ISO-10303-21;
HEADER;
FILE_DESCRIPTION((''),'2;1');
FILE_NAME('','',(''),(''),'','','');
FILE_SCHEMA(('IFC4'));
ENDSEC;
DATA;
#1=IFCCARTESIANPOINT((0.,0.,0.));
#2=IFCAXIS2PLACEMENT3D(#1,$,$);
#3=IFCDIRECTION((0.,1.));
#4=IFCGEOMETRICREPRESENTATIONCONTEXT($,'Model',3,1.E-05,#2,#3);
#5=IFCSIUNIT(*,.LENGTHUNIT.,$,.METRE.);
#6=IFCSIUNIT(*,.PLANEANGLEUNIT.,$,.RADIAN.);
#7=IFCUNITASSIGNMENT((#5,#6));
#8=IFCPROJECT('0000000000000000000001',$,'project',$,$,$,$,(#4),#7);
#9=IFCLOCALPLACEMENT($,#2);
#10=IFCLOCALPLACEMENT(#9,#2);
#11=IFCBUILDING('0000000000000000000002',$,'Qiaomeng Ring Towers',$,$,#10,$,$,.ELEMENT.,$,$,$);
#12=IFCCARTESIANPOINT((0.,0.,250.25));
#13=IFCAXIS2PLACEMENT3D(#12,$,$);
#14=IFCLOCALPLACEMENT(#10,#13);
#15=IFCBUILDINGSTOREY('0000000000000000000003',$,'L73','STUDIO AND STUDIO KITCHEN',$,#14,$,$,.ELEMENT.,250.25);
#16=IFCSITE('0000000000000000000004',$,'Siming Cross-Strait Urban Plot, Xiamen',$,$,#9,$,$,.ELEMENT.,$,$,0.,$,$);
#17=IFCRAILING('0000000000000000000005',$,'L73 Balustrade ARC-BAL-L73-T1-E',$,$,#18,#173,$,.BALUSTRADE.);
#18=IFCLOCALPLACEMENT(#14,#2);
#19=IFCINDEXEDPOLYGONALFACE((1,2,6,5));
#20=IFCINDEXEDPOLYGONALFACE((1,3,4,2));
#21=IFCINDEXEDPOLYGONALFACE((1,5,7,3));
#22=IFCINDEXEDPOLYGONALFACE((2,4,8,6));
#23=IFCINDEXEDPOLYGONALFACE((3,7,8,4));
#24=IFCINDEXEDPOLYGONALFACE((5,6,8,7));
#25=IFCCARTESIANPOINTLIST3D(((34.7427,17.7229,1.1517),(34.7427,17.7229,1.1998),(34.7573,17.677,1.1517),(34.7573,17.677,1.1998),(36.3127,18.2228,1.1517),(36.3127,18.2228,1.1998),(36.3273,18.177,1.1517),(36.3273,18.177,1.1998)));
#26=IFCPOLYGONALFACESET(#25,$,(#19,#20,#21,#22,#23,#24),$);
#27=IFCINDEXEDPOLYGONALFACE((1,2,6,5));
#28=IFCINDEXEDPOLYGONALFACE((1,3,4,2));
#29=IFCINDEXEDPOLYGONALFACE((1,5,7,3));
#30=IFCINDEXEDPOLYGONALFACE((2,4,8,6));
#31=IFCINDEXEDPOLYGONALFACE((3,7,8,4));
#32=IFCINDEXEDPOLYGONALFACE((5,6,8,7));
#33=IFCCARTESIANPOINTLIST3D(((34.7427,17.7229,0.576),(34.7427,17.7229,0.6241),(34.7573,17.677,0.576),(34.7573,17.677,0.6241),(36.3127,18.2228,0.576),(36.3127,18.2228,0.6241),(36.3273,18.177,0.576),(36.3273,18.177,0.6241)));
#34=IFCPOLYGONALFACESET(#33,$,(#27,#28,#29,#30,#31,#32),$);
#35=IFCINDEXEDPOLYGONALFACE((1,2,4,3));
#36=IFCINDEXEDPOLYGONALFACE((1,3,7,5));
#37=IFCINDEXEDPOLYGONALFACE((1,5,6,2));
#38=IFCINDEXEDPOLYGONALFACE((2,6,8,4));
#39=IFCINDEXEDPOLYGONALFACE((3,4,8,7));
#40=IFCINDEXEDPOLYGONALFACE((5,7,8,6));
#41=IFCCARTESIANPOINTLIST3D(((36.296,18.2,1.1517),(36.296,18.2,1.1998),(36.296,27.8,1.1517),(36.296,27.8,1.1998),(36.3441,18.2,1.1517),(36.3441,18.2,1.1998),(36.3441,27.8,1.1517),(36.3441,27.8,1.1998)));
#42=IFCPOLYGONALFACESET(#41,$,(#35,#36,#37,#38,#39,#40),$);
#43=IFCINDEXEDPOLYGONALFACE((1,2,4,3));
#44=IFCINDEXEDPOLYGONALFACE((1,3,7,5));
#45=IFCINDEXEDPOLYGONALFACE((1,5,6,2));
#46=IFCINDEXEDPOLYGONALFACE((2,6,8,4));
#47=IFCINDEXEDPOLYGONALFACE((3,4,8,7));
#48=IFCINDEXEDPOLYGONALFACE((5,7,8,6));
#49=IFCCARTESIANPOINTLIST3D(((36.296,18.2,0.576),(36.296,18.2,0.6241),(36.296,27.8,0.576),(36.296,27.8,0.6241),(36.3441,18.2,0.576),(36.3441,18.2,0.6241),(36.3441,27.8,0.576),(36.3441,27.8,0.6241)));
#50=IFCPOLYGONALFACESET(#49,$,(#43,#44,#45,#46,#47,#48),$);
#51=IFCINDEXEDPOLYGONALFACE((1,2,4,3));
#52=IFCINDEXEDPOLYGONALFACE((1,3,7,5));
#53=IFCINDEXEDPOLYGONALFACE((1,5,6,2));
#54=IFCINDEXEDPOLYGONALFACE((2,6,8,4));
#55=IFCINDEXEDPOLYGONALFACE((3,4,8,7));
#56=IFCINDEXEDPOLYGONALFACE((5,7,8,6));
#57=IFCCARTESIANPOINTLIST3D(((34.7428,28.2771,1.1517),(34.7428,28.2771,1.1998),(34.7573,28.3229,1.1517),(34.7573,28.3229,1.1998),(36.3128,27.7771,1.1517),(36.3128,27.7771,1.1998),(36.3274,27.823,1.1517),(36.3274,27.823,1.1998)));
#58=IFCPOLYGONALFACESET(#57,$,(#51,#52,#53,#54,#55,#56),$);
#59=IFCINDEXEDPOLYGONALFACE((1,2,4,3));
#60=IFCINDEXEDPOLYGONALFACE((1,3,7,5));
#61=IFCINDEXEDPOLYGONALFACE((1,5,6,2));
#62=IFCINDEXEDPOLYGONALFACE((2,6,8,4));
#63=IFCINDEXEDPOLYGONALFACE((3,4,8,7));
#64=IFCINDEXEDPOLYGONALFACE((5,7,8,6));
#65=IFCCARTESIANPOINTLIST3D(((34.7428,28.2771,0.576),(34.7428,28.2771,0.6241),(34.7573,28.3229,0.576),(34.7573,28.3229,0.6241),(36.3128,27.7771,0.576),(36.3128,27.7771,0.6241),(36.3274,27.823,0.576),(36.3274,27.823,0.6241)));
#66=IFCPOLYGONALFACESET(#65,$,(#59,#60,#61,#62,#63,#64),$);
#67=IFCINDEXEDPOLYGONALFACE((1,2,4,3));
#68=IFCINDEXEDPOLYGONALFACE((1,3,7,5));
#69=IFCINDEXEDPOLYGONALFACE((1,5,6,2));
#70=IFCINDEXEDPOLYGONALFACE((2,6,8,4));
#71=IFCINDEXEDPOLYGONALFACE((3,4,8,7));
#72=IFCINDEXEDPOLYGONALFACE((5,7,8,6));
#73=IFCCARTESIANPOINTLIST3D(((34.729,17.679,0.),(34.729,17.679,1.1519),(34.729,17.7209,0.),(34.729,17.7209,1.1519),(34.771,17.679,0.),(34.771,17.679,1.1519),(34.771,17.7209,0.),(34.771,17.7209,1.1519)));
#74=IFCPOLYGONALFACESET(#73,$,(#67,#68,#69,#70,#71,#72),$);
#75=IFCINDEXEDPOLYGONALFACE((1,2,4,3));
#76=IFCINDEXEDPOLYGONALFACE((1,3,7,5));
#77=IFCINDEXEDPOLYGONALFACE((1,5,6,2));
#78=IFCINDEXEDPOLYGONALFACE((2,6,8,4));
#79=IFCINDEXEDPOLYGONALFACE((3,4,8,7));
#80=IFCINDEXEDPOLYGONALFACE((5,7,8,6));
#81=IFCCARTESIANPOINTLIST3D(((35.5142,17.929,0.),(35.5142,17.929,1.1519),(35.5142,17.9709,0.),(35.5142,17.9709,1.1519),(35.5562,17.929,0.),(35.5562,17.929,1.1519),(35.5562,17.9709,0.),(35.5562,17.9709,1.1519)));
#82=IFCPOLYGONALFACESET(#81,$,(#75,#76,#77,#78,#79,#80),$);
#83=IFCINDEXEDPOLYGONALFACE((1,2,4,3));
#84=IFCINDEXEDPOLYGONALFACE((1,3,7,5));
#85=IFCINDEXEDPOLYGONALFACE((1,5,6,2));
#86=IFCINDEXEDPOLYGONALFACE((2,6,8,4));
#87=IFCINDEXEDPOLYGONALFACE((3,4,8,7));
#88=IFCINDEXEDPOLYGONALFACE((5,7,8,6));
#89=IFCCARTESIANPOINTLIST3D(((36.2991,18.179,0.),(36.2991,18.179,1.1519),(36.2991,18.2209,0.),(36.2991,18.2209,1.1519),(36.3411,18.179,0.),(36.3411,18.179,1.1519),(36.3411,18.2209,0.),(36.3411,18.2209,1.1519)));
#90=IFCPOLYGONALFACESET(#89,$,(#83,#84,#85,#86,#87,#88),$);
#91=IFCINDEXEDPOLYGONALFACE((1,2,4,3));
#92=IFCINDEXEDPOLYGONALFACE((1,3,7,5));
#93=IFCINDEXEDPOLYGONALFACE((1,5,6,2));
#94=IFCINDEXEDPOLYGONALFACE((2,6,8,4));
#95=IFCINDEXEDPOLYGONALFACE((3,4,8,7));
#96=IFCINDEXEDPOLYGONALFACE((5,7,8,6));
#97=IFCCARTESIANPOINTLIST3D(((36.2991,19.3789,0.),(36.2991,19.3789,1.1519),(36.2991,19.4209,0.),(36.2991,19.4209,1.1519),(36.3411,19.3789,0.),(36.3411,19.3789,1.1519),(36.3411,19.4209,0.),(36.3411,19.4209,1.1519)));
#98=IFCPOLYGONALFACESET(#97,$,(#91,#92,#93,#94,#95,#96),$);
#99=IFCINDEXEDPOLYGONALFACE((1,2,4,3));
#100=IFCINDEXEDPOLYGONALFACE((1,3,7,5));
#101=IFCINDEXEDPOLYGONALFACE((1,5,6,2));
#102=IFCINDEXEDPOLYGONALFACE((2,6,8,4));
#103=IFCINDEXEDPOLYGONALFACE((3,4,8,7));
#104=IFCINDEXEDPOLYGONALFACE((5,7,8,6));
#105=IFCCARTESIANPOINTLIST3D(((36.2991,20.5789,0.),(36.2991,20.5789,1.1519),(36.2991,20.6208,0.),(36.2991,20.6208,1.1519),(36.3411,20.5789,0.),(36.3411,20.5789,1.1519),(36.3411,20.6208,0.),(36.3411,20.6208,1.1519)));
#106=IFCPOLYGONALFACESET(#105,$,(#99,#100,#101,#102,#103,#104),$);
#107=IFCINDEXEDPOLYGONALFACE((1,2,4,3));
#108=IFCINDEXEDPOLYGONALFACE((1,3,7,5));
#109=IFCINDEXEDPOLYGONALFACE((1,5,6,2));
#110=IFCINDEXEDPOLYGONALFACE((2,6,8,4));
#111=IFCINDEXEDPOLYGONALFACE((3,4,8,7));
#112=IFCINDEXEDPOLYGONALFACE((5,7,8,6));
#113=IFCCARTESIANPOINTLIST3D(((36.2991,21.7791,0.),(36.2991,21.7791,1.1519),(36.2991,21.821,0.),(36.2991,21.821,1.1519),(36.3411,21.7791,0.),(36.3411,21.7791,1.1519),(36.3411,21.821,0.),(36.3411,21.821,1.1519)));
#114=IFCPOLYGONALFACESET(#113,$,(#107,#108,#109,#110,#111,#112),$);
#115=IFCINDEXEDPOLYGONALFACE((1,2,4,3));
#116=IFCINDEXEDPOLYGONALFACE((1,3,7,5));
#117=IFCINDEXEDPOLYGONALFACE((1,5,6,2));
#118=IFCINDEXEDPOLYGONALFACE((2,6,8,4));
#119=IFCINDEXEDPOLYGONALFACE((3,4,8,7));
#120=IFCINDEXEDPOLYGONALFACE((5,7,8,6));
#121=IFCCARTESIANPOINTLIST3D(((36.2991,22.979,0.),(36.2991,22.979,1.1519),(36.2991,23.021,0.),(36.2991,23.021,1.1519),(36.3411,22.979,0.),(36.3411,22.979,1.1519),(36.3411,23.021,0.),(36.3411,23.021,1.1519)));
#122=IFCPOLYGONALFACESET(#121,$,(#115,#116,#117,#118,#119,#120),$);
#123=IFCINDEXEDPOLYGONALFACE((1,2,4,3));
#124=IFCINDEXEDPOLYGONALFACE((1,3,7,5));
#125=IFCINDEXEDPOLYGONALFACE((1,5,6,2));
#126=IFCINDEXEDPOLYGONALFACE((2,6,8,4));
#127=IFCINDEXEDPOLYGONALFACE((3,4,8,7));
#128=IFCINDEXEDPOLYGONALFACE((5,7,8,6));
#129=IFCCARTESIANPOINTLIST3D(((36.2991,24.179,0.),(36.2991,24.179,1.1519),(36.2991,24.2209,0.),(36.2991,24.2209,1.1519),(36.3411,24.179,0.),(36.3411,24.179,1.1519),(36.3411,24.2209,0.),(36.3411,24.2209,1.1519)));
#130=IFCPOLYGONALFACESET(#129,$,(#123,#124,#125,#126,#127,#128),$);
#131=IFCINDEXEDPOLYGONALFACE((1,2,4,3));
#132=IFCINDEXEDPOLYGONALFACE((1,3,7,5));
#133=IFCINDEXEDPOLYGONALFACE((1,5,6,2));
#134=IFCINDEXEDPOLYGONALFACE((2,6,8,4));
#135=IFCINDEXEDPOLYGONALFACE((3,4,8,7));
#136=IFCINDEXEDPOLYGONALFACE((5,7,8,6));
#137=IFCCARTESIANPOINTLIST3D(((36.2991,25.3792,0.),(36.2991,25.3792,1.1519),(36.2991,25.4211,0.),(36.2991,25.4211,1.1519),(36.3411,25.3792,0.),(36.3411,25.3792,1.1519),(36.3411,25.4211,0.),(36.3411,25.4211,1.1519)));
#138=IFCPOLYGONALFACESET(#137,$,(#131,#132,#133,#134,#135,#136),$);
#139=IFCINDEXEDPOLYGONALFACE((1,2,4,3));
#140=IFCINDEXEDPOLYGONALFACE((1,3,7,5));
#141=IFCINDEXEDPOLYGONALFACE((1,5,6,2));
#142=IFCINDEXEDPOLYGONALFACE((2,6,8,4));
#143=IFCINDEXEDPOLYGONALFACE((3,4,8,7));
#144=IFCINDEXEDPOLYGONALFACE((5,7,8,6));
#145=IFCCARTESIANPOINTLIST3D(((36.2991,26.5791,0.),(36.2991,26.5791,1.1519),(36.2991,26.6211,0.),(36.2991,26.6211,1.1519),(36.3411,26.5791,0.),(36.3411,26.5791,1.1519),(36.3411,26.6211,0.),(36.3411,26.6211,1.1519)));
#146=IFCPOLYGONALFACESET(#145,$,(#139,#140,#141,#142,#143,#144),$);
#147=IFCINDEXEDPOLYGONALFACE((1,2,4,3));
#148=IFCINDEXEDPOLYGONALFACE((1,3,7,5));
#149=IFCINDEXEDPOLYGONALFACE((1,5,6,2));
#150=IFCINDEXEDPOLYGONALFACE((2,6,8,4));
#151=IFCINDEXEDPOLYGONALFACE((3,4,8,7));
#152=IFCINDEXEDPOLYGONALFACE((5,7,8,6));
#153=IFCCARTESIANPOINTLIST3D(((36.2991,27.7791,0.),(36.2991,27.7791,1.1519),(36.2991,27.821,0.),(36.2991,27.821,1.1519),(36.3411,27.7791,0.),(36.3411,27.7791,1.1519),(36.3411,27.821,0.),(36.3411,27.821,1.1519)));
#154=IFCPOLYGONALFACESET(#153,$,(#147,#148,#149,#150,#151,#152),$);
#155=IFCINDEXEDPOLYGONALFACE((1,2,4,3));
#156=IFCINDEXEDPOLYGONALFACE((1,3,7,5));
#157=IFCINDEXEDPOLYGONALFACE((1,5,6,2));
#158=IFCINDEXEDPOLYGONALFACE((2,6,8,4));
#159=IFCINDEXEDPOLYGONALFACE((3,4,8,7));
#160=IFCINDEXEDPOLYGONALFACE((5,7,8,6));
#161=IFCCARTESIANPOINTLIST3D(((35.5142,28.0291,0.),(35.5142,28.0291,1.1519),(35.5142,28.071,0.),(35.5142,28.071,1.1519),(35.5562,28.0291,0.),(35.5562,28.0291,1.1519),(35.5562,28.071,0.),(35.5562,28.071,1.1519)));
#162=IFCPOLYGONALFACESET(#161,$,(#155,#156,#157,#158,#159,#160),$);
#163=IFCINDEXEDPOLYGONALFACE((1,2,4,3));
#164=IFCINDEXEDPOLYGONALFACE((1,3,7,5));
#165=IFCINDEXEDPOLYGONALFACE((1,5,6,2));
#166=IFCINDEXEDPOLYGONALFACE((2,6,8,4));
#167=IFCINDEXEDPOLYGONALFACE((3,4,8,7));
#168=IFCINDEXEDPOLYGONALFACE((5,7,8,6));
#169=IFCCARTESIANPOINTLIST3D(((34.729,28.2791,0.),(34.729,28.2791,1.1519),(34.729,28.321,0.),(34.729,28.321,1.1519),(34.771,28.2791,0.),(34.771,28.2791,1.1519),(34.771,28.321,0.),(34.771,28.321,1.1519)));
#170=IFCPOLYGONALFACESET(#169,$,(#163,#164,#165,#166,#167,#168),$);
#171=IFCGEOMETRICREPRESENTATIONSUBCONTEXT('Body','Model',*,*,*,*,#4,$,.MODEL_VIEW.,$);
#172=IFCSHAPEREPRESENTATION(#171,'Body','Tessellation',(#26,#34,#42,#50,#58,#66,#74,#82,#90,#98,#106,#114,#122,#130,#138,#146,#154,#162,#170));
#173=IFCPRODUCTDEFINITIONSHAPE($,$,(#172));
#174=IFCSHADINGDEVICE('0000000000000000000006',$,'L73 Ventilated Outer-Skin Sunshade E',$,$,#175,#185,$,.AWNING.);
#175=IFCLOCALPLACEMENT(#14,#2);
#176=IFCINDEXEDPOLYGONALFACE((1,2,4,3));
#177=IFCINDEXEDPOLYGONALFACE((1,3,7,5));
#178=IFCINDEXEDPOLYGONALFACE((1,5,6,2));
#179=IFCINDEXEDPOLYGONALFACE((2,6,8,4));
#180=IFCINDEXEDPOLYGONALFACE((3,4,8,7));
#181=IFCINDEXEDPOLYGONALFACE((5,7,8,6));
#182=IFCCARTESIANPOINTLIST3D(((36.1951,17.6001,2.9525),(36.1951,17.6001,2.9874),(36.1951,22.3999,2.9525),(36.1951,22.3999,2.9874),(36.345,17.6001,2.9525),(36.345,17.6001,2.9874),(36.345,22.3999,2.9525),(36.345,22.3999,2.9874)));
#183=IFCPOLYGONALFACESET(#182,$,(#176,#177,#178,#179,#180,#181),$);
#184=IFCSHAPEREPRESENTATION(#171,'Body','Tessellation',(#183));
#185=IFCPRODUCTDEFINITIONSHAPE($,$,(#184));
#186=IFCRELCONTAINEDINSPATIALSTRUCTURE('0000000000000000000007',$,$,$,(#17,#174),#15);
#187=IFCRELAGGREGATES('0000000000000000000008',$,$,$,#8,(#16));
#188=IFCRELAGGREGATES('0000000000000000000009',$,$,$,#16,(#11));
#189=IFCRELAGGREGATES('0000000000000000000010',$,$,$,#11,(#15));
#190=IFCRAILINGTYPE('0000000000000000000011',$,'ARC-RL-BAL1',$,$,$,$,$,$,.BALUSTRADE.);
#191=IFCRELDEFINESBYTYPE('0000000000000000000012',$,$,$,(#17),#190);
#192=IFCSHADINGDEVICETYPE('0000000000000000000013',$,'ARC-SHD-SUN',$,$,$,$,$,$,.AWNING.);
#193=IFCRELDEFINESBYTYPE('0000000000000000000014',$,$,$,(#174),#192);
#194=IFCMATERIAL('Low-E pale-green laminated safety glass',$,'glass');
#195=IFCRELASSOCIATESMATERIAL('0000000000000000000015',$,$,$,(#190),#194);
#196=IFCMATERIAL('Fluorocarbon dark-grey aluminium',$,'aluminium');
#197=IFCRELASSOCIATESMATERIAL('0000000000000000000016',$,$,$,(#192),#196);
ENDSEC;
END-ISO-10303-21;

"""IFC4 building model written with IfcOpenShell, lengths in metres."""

from ifc_helpers import new_model, si_unit, direction, frame, origin, origin_2d, place, context, subcontext, project, spatial, rectangle, extrude, source, transform, mapped, material, material_profile, profile_set, type_object, element, save


model = new_model("IFC4")

# Units and contexts
model_context = context("Model", 3, precision=1e-05, world=origin(), true_north=direction((0.0, 1.0)))
body_context = subcontext(model_context, "Body", "Model", "MODEL_VIEW")
ifc_project = project(units=[si_unit("LENGTHUNIT", "METRE"), si_unit("PLANEANGLEUNIT", "RADIAN")], contexts=[model_context])

# Site, building, storey
site_placement = place(None, origin())
site = spatial("IfcSite", under=ifc_project, at=site_placement, Name="Siming Cross-Strait Urban Plot, Xiamen", CompositionType="ELEMENT", RefElevation=0.0)
building_placement = place(site_placement, origin())
building = spatial("IfcBuilding", under=site, at=building_placement, Name="Qiaomeng Ring Towers", CompositionType="ELEMENT")
storey_placement = place(building_placement, frame((0.0, 0.0, 250.25)))
storey = spatial("IfcBuildingStorey", under=building, at=storey_placement, Name="L73", Description="STUDIO AND STUDIO KITCHEN", CompositionType="ELEMENT", Elevation=250.25)

# Shared definitions
ifc_material_1 = material(Name="Fluorocarbon dark-grey aluminium", Category="aluminium")

# Railing
ifc_material_2 = material(Name="Low-E pale-green laminated safety glass", Category="glass")
railing_type = type_object("IfcRailingType", Name="ARC-RL-BAL1", PredefinedType="BALUSTRADE", material=ifc_material_2)
railing_placement = place(storey_placement, frame((34.75, 17.7, 0.0)))
element("IfcRailing", 1, at=railing_placement, inside=storey, type_object=railing_type, Name="L73 Balustrade ARC-BAL-L73-T1-E", PredefinedType="BALUSTRADE", context=body_context, shape_type="SweptSolid", body=[
    extrude(rectangle(XDim=0.0481, YDim=0.0481, at=origin_2d()), frame((0.0, 0.0, 1.1758), z_axis=(0.95285, 0.303442, 0.0), x_axis=(-0.303442, 0.95285, 0.0)), (0.0, 0.0, 1.0), 1.6477),
    extrude(rectangle(XDim=0.0481, YDim=0.0481, at=origin_2d()), frame((0.0, 0.0, 0.6001), z_axis=(0.95285, 0.303442, 0.0), x_axis=(-0.303442, 0.95285, 0.0)), (0.0, 0.0, 1.0), 1.6477),
    extrude(rectangle(XDim=0.0481, YDim=0.0481, at=origin_2d()), frame((1.5701, 0.5, 1.1758), z_axis=(0.0, 1.0, 0.0), x_axis=(-1.0, 0.0, 0.0)), (0.0, 0.0, 1.0), 9.6001),
    extrude(rectangle(XDim=0.0481, YDim=0.0481, at=origin_2d()), frame((1.5701, 0.5, 0.6001), z_axis=(0.0, 1.0, 0.0), x_axis=(-1.0, 0.0, 0.0)), (0.0, 0.0, 1.0), 9.6001),
    extrude(rectangle(XDim=0.0481, YDim=0.0481, at=origin_2d()), frame((1.5701, 10.1001, 1.1758), z_axis=(-0.95285, 0.303442, 0.0), x_axis=(-0.303442, -0.95285, 0.0)), (0.0, 0.0, 1.0), 1.6477),
    extrude(rectangle(XDim=0.0481, YDim=0.0481, at=origin_2d()), frame((1.5701, 10.1001, 0.6001), z_axis=(-0.95285, 0.303442, 0.0), x_axis=(-0.303442, -0.95285, 0.0)), (0.0, 0.0, 1.0), 1.6477),
    extrude(rectangle(XDim=0.042, YDim=0.042, at=origin_2d()), origin(), (0.0, 0.0, 1.0), 1.1519),
    extrude(rectangle(XDim=0.042, YDim=0.042, at=origin_2d()), frame((0.7852, 0.25, 0.0)), (0.0, 0.0, 1.0), 1.1519),
    extrude(rectangle(XDim=0.042, YDim=0.042, at=origin_2d()), frame((1.5701, 0.5, 0.0)), (0.0, 0.0, 1.0), 1.1519),
    extrude(rectangle(XDim=0.042, YDim=0.042, at=origin_2d()), frame((1.5701, 1.7, 0.0)), (0.0, 0.0, 1.0), 1.1519),
    extrude(rectangle(XDim=0.042, YDim=0.042, at=origin_2d()), frame((1.5701, 2.8999, 0.0)), (0.0, 0.0, 1.0), 1.1519),
    extrude(rectangle(XDim=0.042, YDim=0.042, at=origin_2d()), frame((1.5701, 4.1001, 0.0)), (0.0, 0.0, 1.0), 1.1519),
    extrude(rectangle(XDim=0.042, YDim=0.042, at=origin_2d()), frame((1.5701, 5.3, 0.0)), (0.0, 0.0, 1.0), 1.1519),
    extrude(rectangle(XDim=0.042, YDim=0.042, at=origin_2d()), frame((1.5701, 6.5, 0.0)), (0.0, 0.0, 1.0), 1.1519),
    extrude(rectangle(XDim=0.042, YDim=0.042, at=origin_2d()), frame((1.5701, 7.7002, 0.0)), (0.0, 0.0, 1.0), 1.1519),
    extrude(rectangle(XDim=0.042, YDim=0.042, at=origin_2d()), frame((1.5701, 8.9001, 0.0)), (0.0, 0.0, 1.0), 1.1519),
    extrude(rectangle(XDim=0.042, YDim=0.042, at=origin_2d()), frame((1.5701, 10.1001, 0.0)), (0.0, 0.0, 1.0), 1.1519),
    extrude(rectangle(XDim=0.042, YDim=0.042, at=origin_2d()), frame((0.7852, 10.3501, 0.0)), (0.0, 0.0, 1.0), 1.1519),
    extrude(rectangle(XDim=0.042, YDim=0.042, at=origin_2d()), frame((0.0, 10.6001, 0.0)), (0.0, 0.0, 1.0), 1.1519),
])

# Shading device
ifc_material_profile_1 = material_profile(ifc_material_1, rectangle(XDim=0.1499, YDim=0.0349, at=origin_2d()), Name="LV BLADE 150x35")
ifc_profile_set_1 = profile_set([ifc_material_profile_1], Name="Fluorocarbon dark-grey aluminium")
shading_device_type = type_object("IfcShadingDeviceType", Name="ARC-SHD-SUN", PredefinedType="AWNING", material=ifc_profile_set_1)
shared_shape_1 = source(origin(), body_context, "Body", "SweptSolid", [
    extrude(rectangle(XDim=0.1499, YDim=0.0349, at=origin_2d()), origin(), (0.0, 0.0, 1.0), 4.7998),
])
shading_device_placement = place(storey_placement, frame((36.27, 17.6001, 2.97), z_axis=(0.0, 1.0, 0.0), x_axis=(-1.0, 0.0, 0.0)))
element("IfcShadingDevice", 2, at=shading_device_placement, inside=storey, type_object=shading_device_type, Name="L73 Ventilated Outer-Skin Sunshade E", PredefinedType="AWNING", context=body_context, shape_type="MappedRepresentation", body=[
    mapped(shared_shape_1, transform((0.0, 0.0, 0.0), x_axis=(1.0, 0.0, 0.0), y_axis=(0.0, 1.0, 0.0), z_axis=(0.0, 0.0, 1.0), scale=1.0)),
])

save(model, "model.ifc")
